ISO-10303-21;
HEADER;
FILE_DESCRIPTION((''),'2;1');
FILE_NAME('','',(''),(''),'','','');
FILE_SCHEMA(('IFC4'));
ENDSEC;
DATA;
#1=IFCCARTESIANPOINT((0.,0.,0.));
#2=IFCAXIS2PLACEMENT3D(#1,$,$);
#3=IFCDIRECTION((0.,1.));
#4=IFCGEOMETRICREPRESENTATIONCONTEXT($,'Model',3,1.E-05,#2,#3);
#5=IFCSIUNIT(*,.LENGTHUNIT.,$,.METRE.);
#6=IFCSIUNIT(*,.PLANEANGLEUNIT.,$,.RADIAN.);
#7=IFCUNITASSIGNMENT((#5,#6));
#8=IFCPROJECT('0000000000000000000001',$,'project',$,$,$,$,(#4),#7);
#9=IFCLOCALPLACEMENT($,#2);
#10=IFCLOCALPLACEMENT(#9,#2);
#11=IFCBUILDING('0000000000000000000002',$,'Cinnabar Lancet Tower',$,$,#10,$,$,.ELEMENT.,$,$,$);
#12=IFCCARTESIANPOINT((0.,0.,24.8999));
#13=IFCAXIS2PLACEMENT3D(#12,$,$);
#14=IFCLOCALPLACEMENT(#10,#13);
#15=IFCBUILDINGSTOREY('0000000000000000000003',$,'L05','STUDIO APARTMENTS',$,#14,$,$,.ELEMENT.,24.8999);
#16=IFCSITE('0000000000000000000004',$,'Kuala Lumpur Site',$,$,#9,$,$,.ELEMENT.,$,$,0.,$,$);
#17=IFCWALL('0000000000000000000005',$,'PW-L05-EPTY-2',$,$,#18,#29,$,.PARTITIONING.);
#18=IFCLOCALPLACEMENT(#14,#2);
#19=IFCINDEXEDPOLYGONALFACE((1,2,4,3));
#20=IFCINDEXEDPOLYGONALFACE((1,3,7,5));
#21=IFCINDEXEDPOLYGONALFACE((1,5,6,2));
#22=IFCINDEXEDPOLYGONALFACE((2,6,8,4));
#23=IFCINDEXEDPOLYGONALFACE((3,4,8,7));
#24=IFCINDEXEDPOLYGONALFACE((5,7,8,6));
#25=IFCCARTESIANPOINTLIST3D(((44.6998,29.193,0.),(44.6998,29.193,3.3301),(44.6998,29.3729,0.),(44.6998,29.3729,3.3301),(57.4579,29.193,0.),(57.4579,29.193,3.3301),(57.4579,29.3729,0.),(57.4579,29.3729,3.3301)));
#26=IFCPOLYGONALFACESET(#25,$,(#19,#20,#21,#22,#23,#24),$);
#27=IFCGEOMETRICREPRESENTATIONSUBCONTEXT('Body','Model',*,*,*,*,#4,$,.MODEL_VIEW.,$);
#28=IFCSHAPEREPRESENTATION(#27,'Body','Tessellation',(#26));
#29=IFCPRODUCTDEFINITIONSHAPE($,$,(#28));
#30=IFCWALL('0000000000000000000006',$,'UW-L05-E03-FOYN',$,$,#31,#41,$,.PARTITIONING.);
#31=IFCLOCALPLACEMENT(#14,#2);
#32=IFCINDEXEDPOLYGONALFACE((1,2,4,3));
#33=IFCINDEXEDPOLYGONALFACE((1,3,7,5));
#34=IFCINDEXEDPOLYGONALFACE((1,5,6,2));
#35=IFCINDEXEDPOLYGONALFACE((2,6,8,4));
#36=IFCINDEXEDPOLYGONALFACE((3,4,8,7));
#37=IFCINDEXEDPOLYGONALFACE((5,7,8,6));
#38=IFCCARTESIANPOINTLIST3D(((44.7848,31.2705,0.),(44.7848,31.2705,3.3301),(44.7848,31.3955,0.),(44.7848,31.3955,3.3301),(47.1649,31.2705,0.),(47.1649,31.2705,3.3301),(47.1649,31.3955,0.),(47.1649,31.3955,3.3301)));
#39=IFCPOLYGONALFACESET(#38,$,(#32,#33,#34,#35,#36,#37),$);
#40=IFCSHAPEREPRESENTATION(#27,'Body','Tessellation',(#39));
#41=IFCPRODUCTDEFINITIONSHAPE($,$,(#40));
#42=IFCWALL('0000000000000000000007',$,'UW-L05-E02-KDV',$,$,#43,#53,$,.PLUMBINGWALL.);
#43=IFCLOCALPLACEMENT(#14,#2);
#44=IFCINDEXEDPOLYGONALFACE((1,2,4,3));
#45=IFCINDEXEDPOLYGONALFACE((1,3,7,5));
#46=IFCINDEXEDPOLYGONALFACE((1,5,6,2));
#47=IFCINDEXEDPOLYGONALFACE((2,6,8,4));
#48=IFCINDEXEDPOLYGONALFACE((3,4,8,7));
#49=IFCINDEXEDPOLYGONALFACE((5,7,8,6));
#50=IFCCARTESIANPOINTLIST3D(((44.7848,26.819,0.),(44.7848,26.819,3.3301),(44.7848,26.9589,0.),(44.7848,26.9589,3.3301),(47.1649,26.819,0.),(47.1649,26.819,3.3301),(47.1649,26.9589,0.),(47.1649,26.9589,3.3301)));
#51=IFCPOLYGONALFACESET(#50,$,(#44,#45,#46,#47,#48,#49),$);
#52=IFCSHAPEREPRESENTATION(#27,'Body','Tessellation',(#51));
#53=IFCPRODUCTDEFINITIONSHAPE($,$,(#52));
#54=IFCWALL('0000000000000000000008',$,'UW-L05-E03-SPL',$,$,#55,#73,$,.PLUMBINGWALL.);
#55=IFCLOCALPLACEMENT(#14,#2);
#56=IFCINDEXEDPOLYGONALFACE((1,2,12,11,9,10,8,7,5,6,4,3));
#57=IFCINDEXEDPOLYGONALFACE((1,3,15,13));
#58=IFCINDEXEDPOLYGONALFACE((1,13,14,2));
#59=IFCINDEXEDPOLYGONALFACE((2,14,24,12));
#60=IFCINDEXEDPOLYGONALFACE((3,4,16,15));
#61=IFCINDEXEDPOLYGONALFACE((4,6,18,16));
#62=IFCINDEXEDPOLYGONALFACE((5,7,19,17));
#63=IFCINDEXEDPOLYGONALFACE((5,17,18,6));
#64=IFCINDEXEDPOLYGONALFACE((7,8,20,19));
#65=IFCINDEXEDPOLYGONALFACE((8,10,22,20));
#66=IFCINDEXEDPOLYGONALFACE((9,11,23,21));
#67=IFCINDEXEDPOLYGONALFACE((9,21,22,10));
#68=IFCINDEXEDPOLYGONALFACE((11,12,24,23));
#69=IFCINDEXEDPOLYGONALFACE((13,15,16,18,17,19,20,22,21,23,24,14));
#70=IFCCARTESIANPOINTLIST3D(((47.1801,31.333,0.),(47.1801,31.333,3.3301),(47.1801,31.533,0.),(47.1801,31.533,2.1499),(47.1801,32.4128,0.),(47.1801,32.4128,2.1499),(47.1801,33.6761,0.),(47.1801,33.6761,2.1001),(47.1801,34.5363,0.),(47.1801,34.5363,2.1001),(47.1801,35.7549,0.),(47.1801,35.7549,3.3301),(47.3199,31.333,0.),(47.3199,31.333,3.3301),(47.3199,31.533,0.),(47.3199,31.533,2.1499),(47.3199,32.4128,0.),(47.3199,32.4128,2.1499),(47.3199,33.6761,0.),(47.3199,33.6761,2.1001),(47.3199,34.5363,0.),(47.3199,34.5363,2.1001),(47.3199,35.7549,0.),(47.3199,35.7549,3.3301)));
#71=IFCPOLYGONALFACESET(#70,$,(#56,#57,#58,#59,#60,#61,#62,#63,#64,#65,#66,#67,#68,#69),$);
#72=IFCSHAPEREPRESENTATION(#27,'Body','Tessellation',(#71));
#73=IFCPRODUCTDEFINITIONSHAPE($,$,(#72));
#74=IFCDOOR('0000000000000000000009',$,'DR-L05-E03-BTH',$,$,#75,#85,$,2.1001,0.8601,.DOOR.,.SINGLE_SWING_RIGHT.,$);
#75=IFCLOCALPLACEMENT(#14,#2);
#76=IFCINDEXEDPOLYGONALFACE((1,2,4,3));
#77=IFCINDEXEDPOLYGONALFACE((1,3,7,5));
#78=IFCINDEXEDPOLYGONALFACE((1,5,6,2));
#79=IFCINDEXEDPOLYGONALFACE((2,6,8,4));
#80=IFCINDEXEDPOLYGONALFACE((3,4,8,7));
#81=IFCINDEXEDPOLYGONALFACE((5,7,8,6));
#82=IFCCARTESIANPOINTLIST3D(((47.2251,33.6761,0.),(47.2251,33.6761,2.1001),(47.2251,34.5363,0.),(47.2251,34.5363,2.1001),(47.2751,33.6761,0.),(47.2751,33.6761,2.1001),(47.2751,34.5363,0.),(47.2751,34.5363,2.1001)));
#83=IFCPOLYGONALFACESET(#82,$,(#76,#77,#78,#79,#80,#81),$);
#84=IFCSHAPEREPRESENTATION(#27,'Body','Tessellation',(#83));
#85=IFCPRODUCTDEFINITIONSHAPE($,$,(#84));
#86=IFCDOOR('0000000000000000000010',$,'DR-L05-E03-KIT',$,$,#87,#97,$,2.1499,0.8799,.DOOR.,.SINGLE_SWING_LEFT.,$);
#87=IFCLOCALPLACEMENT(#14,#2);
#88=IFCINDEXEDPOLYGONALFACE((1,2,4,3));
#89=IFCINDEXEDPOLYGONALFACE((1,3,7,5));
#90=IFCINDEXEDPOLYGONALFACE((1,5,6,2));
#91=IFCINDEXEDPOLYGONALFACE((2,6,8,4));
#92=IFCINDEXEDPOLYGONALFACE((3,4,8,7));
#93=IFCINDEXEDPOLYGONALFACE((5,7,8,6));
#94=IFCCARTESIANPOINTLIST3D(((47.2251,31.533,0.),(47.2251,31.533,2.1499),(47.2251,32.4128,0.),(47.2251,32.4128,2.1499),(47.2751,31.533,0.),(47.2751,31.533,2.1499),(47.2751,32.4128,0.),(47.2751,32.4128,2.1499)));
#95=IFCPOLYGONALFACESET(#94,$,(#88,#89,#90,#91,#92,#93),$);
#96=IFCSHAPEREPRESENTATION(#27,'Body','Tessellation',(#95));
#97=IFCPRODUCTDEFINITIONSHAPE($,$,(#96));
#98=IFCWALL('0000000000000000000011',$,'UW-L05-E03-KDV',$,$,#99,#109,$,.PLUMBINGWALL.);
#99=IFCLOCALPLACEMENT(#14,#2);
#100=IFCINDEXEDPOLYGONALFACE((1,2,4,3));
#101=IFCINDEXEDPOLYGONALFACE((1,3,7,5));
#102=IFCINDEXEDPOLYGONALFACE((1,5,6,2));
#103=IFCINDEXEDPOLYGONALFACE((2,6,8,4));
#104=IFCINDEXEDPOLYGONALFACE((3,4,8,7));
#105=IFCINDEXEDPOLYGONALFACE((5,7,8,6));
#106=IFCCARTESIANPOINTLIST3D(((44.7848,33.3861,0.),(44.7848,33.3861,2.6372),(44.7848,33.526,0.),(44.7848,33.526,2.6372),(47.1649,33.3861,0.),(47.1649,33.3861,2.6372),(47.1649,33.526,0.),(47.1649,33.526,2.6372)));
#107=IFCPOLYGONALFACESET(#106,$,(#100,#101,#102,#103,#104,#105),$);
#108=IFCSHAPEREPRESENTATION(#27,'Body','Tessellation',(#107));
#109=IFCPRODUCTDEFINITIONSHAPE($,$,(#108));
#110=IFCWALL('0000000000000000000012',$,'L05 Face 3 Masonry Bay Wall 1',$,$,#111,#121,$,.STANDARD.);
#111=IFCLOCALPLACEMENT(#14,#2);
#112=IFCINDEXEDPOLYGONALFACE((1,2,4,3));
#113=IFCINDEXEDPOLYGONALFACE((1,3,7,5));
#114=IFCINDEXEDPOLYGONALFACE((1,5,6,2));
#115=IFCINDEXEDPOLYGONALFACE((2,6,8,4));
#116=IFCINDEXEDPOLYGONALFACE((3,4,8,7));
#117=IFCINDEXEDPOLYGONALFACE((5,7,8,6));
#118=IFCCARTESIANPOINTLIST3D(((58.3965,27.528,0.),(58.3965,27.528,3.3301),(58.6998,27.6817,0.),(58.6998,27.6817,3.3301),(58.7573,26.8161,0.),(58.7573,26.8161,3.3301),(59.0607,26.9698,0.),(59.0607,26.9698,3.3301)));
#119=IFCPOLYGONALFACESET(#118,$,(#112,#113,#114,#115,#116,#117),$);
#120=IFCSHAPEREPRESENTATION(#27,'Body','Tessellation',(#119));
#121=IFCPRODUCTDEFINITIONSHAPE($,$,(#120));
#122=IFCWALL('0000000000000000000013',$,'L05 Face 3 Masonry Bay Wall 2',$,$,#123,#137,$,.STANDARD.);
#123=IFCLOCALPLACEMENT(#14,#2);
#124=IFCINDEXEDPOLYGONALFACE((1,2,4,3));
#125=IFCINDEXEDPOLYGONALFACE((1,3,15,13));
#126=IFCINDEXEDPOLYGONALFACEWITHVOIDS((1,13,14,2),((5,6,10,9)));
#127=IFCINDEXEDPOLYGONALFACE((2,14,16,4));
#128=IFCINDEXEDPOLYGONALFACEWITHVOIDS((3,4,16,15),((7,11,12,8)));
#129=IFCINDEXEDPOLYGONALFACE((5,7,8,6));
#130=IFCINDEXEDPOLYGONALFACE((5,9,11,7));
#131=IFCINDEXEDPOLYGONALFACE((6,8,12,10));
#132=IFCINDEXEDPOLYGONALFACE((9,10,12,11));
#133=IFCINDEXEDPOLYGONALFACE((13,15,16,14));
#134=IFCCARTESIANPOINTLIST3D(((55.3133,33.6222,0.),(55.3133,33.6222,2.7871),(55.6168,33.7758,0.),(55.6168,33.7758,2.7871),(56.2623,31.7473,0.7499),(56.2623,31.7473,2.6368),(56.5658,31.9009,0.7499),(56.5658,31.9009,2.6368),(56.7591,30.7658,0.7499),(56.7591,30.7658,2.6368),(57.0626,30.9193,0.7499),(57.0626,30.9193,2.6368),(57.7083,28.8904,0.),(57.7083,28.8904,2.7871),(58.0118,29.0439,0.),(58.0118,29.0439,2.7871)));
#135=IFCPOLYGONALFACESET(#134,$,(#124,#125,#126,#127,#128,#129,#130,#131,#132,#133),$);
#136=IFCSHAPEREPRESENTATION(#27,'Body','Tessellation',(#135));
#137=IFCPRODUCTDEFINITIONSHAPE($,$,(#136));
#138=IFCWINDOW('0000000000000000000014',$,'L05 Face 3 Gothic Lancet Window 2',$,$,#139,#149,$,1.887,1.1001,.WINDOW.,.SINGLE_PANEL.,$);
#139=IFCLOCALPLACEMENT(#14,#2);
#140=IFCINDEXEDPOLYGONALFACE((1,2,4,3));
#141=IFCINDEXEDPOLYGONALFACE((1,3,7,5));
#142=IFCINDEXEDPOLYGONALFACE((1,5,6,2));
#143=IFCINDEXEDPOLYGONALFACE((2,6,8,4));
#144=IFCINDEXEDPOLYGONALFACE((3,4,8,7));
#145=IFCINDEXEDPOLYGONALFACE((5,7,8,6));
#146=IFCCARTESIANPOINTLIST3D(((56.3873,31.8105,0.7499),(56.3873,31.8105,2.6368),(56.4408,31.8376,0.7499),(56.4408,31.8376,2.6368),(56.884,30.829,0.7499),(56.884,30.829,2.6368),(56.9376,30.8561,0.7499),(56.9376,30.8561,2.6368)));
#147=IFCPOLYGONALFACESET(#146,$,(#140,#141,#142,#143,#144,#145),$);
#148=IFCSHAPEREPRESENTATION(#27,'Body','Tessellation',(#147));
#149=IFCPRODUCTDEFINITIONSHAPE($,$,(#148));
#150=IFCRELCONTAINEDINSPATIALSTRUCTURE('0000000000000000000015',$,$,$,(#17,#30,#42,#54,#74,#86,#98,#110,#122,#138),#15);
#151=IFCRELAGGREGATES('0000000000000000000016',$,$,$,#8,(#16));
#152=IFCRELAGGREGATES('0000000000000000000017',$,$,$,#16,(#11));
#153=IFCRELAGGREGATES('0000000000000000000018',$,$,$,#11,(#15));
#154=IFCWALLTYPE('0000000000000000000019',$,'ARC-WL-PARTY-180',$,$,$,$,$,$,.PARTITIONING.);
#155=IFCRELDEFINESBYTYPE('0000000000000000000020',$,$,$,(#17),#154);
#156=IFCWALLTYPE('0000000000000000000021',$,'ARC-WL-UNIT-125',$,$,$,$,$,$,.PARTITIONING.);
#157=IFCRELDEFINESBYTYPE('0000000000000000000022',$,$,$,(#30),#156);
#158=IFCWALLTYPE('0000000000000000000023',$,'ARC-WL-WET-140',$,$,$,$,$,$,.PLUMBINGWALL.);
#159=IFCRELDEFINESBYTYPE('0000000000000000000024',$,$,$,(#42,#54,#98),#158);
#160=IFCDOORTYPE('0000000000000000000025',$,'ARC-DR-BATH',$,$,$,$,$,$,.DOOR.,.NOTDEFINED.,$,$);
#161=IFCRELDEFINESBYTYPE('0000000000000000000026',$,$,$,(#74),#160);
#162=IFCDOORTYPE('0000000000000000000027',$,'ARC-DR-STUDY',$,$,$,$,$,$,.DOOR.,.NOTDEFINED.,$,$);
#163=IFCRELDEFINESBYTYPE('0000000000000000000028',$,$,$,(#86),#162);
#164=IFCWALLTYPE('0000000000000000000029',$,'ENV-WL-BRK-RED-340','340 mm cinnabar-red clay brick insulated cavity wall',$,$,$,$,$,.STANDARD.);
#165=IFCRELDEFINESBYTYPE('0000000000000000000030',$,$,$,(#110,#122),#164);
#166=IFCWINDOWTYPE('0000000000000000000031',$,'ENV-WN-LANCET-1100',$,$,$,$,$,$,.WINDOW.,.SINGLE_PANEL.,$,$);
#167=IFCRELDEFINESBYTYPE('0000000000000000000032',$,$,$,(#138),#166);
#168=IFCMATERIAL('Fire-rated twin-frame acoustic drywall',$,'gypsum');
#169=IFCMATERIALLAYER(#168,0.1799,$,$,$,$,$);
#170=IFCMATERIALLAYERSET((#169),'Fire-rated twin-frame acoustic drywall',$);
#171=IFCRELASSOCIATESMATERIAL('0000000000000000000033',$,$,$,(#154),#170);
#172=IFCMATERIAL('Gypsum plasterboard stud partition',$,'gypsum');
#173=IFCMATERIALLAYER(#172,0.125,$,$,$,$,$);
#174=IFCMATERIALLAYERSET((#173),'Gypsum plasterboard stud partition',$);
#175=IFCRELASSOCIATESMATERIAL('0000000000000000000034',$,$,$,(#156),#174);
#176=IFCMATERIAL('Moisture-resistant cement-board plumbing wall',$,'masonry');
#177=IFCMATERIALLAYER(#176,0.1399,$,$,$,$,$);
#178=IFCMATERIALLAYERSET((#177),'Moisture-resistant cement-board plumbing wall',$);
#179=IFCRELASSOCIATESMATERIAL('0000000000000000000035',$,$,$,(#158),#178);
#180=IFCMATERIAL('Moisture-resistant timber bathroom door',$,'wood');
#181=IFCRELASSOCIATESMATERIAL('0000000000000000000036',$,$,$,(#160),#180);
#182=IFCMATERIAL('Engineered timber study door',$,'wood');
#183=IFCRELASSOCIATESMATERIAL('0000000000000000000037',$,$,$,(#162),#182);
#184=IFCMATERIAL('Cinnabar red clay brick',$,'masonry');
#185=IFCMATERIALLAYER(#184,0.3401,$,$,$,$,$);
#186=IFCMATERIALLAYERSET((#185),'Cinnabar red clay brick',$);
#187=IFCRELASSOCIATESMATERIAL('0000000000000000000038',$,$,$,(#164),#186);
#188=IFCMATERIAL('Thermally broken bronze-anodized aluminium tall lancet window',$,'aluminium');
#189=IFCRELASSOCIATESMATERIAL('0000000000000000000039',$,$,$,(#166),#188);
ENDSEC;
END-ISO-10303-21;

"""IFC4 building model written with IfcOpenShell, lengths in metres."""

from ifc_helpers import new_model, si_unit, direction, frame, frame_2d, origin, place, context, subcontext, project, spatial, rectangle, extrude, material, layer, layer_set, type_object, element, fill, save


model = new_model("IFC4")

# Units and contexts
model_context = context("Model", 3, precision=1e-05, world=origin(), true_north=direction((0.0, 1.0)))
body_context = subcontext(model_context, "Body", "Model", "MODEL_VIEW")
ifc_project = project(units=[si_unit("LENGTHUNIT", "METRE"), si_unit("PLANEANGLEUNIT", "RADIAN")], contexts=[model_context])

# Site, building, storey
site_placement = place(None, origin())
site = spatial("IfcSite", under=ifc_project, at=site_placement, Name="Kuala Lumpur Site", CompositionType="ELEMENT", RefElevation=0.0)
building_placement = place(site_placement, origin())
building = spatial("IfcBuilding", under=site, at=building_placement, Name="Cinnabar Lancet Tower", CompositionType="ELEMENT")
storey_placement = place(building_placement, frame((0.0, 0.0, 24.8999)))
storey = spatial("IfcBuildingStorey", under=building, at=storey_placement, Name="L05", Description="STUDIO APARTMENTS", CompositionType="ELEMENT", Elevation=24.8999)

# Walls
ifc_material_1 = material(Name="Fire-rated twin-frame acoustic drywall", Category="gypsum")
ifc_layer_1 = layer(ifc_material_1, 0.1799)
ifc_layer_set_1 = layer_set([ifc_layer_1], Name="Fire-rated twin-frame acoustic drywall")
wall_type_1 = type_object("IfcWallType", Name="ARC-WL-PARTY-180", PredefinedType="PARTITIONING", material=ifc_layer_set_1)
wall_1_placement = place(storey_placement, frame((44.7, 29.283, 0.0), z_axis=(0.0, 0.0, 1.0), x_axis=(1.0, 0.0, 0.0)))
element("IfcWall", 1, at=wall_1_placement, inside=storey, type_object=wall_type_1, Name="PW-L05-EPTY-2", PredefinedType="PARTITIONING", context=body_context, shape_type="SweptSolid", body=[
    extrude(rectangle(XDim=12.7581, YDim=0.1799, at=frame_2d((6.3789, 0.0))), origin(), (0.0, 0.0, 1.0), 3.3301),
])
ifc_material_2 = material(Name="Gypsum plasterboard stud partition", Category="gypsum")
ifc_layer_2 = layer(ifc_material_2, 0.125)
ifc_layer_set_2 = layer_set([ifc_layer_2], Name="Gypsum plasterboard stud partition")
wall_type_2 = type_object("IfcWallType", Name="ARC-WL-UNIT-125", PredefinedType="PARTITIONING", material=ifc_layer_set_2)
wall_2_placement = place(storey_placement, frame((44.7849, 31.333, 0.0), z_axis=(0.0, 0.0, 1.0), x_axis=(1.0, 0.0, 0.0)))
element("IfcWall", 2, at=wall_2_placement, inside=storey, type_object=wall_type_2, Name="UW-L05-E03-FOYN", PredefinedType="PARTITIONING", context=body_context, shape_type="SweptSolid", body=[
    extrude(rectangle(XDim=2.3801, YDim=0.125, at=frame_2d((1.1899, 0.0))), origin(), (0.0, 0.0, 1.0), 3.3301),
])
ifc_material_3 = material(Name="Moisture-resistant cement-board plumbing wall", Category="masonry")
ifc_layer_3 = layer(ifc_material_3, 0.1399)
ifc_layer_set_3 = layer_set([ifc_layer_3], Name="Moisture-resistant cement-board plumbing wall")
wall_type_3 = type_object("IfcWallType", Name="ARC-WL-WET-140", PredefinedType="PLUMBINGWALL", material=ifc_layer_set_3)
wall_3_placement = place(storey_placement, frame((44.7849, 26.8889, 0.0), z_axis=(0.0, 0.0, 1.0), x_axis=(1.0, 0.0, 0.0)))
element("IfcWall", 3, at=wall_3_placement, inside=storey, type_object=wall_type_3, Name="UW-L05-E02-KDV", PredefinedType="PLUMBINGWALL", context=body_context, shape_type="SweptSolid", body=[
    extrude(rectangle(XDim=2.3801, YDim=0.1399, at=frame_2d((1.1899, 0.0))), origin(), (0.0, 0.0, 1.0), 3.3301),
])

# Wall, openings, doors
wall_4_placement = place(storey_placement, frame((47.25, 31.333, 0.0), z_axis=(0.0, 0.0, 1.0), x_axis=(0.0, 1.0, 0.0)))
wall_4 = element("IfcWall", 4, at=wall_4_placement, inside=storey, type_object=wall_type_3, Name="UW-L05-E03-SPL", PredefinedType="PLUMBINGWALL", context=body_context, shape_type="SweptSolid", body=[
    extrude(rectangle(XDim=4.4219, YDim=0.1399, at=frame_2d((2.2109, 0.0))), origin(), (0.0, 0.0, 1.0), 3.3301),
])
opening_1_placement = place(wall_4_placement, frame((2.343, 0.0, 0.0)))
opening_1 = element("IfcOpeningElement", 5, at=opening_1_placement, cuts=wall_4, PredefinedType="OPENING", context=body_context, shape_type="SweptSolid", body=[
    extrude(rectangle(XDim=0.8601, YDim=2.1001, at=frame_2d((0.4302, 1.05))), frame((0.0, 0.0798, 0.0), z_axis=(0.0, -1.0, 0.0), x_axis=(1.0, 0.0, 0.0)), (0.0, 0.0, 1.0), 0.1599),
])
opening_2_placement = place(wall_4_placement, frame((0.2, 0.0, 0.0)))
opening_2 = element("IfcOpeningElement", 6, at=opening_2_placement, cuts=wall_4, PredefinedType="OPENING", context=body_context, shape_type="SweptSolid", body=[
    extrude(rectangle(XDim=0.8799, YDim=2.1499, at=frame_2d((0.4399, 1.075))), frame((0.0, 0.0798, 0.0), z_axis=(0.0, -1.0, 0.0), x_axis=(1.0, 0.0, 0.0)), (0.0, 0.0, 1.0), 0.1599),
])
ifc_material_4 = material(Name="Moisture-resistant timber bathroom door", Category="wood")
door_type_1 = type_object("IfcDoorType", Name="ARC-DR-BATH", OperationType="NOTDEFINED", PredefinedType="DOOR", material=ifc_material_4)
door_1_placement = place(opening_1_placement, origin())
door_1 = element("IfcDoor", 7, at=door_1_placement, inside=storey, type_object=door_type_1, Name="DR-L05-E03-BTH", OperationType="SINGLE_SWING_RIGHT", OverallHeight=2.1001, OverallWidth=0.8601, PredefinedType="DOOR", context=body_context, shape_type="SweptSolid", body=[
    extrude(rectangle(XDim=0.8601, YDim=2.1001, at=frame_2d((0.4302, 1.05))), frame((0.0, 0.0249, 0.0), z_axis=(0.0, -1.0, 0.0), x_axis=(1.0, 0.0, 0.0)), (0.0, 0.0, 1.0), 0.05),
])
fill(opening_1, door_1)
ifc_material_5 = material(Name="Engineered timber study door", Category="wood")
door_type_2 = type_object("IfcDoorType", Name="ARC-DR-STUDY", OperationType="NOTDEFINED", PredefinedType="DOOR", material=ifc_material_5)
door_2_placement = place(opening_2_placement, origin())
door_2 = element("IfcDoor", 8, at=door_2_placement, inside=storey, type_object=door_type_2, Name="DR-L05-E03-KIT", OperationType="SINGLE_SWING_LEFT", OverallHeight=2.1499, OverallWidth=0.8799, PredefinedType="DOOR", context=body_context, shape_type="SweptSolid", body=[
    extrude(rectangle(XDim=0.8799, YDim=2.1499, at=frame_2d((0.4399, 1.075))), frame((0.0, 0.0249, 0.0), z_axis=(0.0, -1.0, 0.0), x_axis=(1.0, 0.0, 0.0)), (0.0, 0.0, 1.0), 0.05),
])
fill(opening_2, door_2)

# Walls
wall_5_placement = place(storey_placement, frame((44.7849, 33.4561, 0.0), z_axis=(0.0, 0.0, 1.0), x_axis=(1.0, 0.0, 0.0)))
element("IfcWall", 9, at=wall_5_placement, inside=storey, type_object=wall_type_3, Name="UW-L05-E03-KDV", PredefinedType="PLUMBINGWALL", context=body_context, shape_type="SweptSolid", body=[
    extrude(rectangle(XDim=2.3801, YDim=0.1399, at=frame_2d((1.1899, 0.0))), origin(), (0.0, 0.0, 1.0), 2.6372),
])
ifc_material_6 = material(Name="Cinnabar red clay brick", Category="masonry")
ifc_layer_4 = layer(ifc_material_6, 0.3401)
ifc_layer_set_4 = layer_set([ifc_layer_4], Name="Cinnabar red clay brick")
wall_type_4 = type_object("IfcWallType", Name="ENV-WL-BRK-RED-340", Description="340 mm cinnabar-red clay brick insulated cavity wall", PredefinedType="STANDARD", material=ifc_layer_set_4)
wall_6_placement = place(storey_placement, frame((58.9089, 26.8931, 0.0), z_axis=(0.0, 0.0, 1.0), x_axis=(-0.452101, 0.891967, 0.0)))
element("IfcWall", 10, at=wall_6_placement, inside=storey, type_object=wall_type_4, Name="L05 Face 3 Masonry Bay Wall 1", PredefinedType="STANDARD", context=body_context, shape_type="SweptSolid", body=[
    extrude(rectangle(XDim=0.7981, YDim=0.3401, at=frame_2d((0.3989, 0.0))), origin(), (0.0, 0.0, 1.0), 3.3301),
])

# Wall, opening, window
wall_7_placement = place(storey_placement, frame((57.8601, 28.967, 0.0), z_axis=(0.0, 0.0, 1.0), x_axis=(-0.451591, 0.892225, 0.0)))
wall_7 = element("IfcWall", 11, at=wall_7_placement, inside=storey, type_object=wall_type_4, Name="L05 Face 3 Masonry Bay Wall 2", PredefinedType="STANDARD", context=body_context, shape_type="SweptSolid", body=[
    extrude(rectangle(XDim=5.3035, YDim=0.3401, at=frame_2d((2.6519, 0.0))), origin(), (0.0, 0.0, 1.0), 2.7871),
])
opening_3_placement = place(wall_7_placement, frame((2.1021, 0.0, 0.75)))
opening_3 = element("IfcOpeningElement", 12, at=opening_3_placement, cuts=wall_7, PredefinedType="OPENING", context=body_context, shape_type="SweptSolid", body=[
    extrude(rectangle(XDim=1.1001, YDim=1.887, at=frame_2d((0.55, 0.9434))), frame((0.0, 0.1799, 0.0), z_axis=(0.0, -1.0, 0.0), x_axis=(1.0, 0.0, 0.0)), (0.0, 0.0, 1.0), 0.3601),
])
ifc_material_7 = material(Name="Thermally broken bronze-anodized aluminium tall lancet window", Category="aluminium")
window_type = type_object("IfcWindowType", Name="ENV-WN-LANCET-1100", PartitioningType="SINGLE_PANEL", PredefinedType="WINDOW", material=ifc_material_7)
window_placement = place(opening_3_placement, origin())
window = element("IfcWindow", 13, at=window_placement, inside=storey, type_object=window_type, Name="L05 Face 3 Gothic Lancet Window 2", OverallHeight=1.887, OverallWidth=1.1001, PartitioningType="SINGLE_PANEL", PredefinedType="WINDOW", context=body_context, shape_type="SweptSolid", body=[
    extrude(rectangle(XDim=1.1001, YDim=1.887, at=frame_2d((0.55, 0.9434))), frame((0.0, 0.03, 0.0), z_axis=(0.0, -1.0, 0.0), x_axis=(1.0, 0.0, 0.0)), (0.0, 0.0, 1.0), 0.0601),
])
fill(opening_3, window)

save(model, "model.ifc")
